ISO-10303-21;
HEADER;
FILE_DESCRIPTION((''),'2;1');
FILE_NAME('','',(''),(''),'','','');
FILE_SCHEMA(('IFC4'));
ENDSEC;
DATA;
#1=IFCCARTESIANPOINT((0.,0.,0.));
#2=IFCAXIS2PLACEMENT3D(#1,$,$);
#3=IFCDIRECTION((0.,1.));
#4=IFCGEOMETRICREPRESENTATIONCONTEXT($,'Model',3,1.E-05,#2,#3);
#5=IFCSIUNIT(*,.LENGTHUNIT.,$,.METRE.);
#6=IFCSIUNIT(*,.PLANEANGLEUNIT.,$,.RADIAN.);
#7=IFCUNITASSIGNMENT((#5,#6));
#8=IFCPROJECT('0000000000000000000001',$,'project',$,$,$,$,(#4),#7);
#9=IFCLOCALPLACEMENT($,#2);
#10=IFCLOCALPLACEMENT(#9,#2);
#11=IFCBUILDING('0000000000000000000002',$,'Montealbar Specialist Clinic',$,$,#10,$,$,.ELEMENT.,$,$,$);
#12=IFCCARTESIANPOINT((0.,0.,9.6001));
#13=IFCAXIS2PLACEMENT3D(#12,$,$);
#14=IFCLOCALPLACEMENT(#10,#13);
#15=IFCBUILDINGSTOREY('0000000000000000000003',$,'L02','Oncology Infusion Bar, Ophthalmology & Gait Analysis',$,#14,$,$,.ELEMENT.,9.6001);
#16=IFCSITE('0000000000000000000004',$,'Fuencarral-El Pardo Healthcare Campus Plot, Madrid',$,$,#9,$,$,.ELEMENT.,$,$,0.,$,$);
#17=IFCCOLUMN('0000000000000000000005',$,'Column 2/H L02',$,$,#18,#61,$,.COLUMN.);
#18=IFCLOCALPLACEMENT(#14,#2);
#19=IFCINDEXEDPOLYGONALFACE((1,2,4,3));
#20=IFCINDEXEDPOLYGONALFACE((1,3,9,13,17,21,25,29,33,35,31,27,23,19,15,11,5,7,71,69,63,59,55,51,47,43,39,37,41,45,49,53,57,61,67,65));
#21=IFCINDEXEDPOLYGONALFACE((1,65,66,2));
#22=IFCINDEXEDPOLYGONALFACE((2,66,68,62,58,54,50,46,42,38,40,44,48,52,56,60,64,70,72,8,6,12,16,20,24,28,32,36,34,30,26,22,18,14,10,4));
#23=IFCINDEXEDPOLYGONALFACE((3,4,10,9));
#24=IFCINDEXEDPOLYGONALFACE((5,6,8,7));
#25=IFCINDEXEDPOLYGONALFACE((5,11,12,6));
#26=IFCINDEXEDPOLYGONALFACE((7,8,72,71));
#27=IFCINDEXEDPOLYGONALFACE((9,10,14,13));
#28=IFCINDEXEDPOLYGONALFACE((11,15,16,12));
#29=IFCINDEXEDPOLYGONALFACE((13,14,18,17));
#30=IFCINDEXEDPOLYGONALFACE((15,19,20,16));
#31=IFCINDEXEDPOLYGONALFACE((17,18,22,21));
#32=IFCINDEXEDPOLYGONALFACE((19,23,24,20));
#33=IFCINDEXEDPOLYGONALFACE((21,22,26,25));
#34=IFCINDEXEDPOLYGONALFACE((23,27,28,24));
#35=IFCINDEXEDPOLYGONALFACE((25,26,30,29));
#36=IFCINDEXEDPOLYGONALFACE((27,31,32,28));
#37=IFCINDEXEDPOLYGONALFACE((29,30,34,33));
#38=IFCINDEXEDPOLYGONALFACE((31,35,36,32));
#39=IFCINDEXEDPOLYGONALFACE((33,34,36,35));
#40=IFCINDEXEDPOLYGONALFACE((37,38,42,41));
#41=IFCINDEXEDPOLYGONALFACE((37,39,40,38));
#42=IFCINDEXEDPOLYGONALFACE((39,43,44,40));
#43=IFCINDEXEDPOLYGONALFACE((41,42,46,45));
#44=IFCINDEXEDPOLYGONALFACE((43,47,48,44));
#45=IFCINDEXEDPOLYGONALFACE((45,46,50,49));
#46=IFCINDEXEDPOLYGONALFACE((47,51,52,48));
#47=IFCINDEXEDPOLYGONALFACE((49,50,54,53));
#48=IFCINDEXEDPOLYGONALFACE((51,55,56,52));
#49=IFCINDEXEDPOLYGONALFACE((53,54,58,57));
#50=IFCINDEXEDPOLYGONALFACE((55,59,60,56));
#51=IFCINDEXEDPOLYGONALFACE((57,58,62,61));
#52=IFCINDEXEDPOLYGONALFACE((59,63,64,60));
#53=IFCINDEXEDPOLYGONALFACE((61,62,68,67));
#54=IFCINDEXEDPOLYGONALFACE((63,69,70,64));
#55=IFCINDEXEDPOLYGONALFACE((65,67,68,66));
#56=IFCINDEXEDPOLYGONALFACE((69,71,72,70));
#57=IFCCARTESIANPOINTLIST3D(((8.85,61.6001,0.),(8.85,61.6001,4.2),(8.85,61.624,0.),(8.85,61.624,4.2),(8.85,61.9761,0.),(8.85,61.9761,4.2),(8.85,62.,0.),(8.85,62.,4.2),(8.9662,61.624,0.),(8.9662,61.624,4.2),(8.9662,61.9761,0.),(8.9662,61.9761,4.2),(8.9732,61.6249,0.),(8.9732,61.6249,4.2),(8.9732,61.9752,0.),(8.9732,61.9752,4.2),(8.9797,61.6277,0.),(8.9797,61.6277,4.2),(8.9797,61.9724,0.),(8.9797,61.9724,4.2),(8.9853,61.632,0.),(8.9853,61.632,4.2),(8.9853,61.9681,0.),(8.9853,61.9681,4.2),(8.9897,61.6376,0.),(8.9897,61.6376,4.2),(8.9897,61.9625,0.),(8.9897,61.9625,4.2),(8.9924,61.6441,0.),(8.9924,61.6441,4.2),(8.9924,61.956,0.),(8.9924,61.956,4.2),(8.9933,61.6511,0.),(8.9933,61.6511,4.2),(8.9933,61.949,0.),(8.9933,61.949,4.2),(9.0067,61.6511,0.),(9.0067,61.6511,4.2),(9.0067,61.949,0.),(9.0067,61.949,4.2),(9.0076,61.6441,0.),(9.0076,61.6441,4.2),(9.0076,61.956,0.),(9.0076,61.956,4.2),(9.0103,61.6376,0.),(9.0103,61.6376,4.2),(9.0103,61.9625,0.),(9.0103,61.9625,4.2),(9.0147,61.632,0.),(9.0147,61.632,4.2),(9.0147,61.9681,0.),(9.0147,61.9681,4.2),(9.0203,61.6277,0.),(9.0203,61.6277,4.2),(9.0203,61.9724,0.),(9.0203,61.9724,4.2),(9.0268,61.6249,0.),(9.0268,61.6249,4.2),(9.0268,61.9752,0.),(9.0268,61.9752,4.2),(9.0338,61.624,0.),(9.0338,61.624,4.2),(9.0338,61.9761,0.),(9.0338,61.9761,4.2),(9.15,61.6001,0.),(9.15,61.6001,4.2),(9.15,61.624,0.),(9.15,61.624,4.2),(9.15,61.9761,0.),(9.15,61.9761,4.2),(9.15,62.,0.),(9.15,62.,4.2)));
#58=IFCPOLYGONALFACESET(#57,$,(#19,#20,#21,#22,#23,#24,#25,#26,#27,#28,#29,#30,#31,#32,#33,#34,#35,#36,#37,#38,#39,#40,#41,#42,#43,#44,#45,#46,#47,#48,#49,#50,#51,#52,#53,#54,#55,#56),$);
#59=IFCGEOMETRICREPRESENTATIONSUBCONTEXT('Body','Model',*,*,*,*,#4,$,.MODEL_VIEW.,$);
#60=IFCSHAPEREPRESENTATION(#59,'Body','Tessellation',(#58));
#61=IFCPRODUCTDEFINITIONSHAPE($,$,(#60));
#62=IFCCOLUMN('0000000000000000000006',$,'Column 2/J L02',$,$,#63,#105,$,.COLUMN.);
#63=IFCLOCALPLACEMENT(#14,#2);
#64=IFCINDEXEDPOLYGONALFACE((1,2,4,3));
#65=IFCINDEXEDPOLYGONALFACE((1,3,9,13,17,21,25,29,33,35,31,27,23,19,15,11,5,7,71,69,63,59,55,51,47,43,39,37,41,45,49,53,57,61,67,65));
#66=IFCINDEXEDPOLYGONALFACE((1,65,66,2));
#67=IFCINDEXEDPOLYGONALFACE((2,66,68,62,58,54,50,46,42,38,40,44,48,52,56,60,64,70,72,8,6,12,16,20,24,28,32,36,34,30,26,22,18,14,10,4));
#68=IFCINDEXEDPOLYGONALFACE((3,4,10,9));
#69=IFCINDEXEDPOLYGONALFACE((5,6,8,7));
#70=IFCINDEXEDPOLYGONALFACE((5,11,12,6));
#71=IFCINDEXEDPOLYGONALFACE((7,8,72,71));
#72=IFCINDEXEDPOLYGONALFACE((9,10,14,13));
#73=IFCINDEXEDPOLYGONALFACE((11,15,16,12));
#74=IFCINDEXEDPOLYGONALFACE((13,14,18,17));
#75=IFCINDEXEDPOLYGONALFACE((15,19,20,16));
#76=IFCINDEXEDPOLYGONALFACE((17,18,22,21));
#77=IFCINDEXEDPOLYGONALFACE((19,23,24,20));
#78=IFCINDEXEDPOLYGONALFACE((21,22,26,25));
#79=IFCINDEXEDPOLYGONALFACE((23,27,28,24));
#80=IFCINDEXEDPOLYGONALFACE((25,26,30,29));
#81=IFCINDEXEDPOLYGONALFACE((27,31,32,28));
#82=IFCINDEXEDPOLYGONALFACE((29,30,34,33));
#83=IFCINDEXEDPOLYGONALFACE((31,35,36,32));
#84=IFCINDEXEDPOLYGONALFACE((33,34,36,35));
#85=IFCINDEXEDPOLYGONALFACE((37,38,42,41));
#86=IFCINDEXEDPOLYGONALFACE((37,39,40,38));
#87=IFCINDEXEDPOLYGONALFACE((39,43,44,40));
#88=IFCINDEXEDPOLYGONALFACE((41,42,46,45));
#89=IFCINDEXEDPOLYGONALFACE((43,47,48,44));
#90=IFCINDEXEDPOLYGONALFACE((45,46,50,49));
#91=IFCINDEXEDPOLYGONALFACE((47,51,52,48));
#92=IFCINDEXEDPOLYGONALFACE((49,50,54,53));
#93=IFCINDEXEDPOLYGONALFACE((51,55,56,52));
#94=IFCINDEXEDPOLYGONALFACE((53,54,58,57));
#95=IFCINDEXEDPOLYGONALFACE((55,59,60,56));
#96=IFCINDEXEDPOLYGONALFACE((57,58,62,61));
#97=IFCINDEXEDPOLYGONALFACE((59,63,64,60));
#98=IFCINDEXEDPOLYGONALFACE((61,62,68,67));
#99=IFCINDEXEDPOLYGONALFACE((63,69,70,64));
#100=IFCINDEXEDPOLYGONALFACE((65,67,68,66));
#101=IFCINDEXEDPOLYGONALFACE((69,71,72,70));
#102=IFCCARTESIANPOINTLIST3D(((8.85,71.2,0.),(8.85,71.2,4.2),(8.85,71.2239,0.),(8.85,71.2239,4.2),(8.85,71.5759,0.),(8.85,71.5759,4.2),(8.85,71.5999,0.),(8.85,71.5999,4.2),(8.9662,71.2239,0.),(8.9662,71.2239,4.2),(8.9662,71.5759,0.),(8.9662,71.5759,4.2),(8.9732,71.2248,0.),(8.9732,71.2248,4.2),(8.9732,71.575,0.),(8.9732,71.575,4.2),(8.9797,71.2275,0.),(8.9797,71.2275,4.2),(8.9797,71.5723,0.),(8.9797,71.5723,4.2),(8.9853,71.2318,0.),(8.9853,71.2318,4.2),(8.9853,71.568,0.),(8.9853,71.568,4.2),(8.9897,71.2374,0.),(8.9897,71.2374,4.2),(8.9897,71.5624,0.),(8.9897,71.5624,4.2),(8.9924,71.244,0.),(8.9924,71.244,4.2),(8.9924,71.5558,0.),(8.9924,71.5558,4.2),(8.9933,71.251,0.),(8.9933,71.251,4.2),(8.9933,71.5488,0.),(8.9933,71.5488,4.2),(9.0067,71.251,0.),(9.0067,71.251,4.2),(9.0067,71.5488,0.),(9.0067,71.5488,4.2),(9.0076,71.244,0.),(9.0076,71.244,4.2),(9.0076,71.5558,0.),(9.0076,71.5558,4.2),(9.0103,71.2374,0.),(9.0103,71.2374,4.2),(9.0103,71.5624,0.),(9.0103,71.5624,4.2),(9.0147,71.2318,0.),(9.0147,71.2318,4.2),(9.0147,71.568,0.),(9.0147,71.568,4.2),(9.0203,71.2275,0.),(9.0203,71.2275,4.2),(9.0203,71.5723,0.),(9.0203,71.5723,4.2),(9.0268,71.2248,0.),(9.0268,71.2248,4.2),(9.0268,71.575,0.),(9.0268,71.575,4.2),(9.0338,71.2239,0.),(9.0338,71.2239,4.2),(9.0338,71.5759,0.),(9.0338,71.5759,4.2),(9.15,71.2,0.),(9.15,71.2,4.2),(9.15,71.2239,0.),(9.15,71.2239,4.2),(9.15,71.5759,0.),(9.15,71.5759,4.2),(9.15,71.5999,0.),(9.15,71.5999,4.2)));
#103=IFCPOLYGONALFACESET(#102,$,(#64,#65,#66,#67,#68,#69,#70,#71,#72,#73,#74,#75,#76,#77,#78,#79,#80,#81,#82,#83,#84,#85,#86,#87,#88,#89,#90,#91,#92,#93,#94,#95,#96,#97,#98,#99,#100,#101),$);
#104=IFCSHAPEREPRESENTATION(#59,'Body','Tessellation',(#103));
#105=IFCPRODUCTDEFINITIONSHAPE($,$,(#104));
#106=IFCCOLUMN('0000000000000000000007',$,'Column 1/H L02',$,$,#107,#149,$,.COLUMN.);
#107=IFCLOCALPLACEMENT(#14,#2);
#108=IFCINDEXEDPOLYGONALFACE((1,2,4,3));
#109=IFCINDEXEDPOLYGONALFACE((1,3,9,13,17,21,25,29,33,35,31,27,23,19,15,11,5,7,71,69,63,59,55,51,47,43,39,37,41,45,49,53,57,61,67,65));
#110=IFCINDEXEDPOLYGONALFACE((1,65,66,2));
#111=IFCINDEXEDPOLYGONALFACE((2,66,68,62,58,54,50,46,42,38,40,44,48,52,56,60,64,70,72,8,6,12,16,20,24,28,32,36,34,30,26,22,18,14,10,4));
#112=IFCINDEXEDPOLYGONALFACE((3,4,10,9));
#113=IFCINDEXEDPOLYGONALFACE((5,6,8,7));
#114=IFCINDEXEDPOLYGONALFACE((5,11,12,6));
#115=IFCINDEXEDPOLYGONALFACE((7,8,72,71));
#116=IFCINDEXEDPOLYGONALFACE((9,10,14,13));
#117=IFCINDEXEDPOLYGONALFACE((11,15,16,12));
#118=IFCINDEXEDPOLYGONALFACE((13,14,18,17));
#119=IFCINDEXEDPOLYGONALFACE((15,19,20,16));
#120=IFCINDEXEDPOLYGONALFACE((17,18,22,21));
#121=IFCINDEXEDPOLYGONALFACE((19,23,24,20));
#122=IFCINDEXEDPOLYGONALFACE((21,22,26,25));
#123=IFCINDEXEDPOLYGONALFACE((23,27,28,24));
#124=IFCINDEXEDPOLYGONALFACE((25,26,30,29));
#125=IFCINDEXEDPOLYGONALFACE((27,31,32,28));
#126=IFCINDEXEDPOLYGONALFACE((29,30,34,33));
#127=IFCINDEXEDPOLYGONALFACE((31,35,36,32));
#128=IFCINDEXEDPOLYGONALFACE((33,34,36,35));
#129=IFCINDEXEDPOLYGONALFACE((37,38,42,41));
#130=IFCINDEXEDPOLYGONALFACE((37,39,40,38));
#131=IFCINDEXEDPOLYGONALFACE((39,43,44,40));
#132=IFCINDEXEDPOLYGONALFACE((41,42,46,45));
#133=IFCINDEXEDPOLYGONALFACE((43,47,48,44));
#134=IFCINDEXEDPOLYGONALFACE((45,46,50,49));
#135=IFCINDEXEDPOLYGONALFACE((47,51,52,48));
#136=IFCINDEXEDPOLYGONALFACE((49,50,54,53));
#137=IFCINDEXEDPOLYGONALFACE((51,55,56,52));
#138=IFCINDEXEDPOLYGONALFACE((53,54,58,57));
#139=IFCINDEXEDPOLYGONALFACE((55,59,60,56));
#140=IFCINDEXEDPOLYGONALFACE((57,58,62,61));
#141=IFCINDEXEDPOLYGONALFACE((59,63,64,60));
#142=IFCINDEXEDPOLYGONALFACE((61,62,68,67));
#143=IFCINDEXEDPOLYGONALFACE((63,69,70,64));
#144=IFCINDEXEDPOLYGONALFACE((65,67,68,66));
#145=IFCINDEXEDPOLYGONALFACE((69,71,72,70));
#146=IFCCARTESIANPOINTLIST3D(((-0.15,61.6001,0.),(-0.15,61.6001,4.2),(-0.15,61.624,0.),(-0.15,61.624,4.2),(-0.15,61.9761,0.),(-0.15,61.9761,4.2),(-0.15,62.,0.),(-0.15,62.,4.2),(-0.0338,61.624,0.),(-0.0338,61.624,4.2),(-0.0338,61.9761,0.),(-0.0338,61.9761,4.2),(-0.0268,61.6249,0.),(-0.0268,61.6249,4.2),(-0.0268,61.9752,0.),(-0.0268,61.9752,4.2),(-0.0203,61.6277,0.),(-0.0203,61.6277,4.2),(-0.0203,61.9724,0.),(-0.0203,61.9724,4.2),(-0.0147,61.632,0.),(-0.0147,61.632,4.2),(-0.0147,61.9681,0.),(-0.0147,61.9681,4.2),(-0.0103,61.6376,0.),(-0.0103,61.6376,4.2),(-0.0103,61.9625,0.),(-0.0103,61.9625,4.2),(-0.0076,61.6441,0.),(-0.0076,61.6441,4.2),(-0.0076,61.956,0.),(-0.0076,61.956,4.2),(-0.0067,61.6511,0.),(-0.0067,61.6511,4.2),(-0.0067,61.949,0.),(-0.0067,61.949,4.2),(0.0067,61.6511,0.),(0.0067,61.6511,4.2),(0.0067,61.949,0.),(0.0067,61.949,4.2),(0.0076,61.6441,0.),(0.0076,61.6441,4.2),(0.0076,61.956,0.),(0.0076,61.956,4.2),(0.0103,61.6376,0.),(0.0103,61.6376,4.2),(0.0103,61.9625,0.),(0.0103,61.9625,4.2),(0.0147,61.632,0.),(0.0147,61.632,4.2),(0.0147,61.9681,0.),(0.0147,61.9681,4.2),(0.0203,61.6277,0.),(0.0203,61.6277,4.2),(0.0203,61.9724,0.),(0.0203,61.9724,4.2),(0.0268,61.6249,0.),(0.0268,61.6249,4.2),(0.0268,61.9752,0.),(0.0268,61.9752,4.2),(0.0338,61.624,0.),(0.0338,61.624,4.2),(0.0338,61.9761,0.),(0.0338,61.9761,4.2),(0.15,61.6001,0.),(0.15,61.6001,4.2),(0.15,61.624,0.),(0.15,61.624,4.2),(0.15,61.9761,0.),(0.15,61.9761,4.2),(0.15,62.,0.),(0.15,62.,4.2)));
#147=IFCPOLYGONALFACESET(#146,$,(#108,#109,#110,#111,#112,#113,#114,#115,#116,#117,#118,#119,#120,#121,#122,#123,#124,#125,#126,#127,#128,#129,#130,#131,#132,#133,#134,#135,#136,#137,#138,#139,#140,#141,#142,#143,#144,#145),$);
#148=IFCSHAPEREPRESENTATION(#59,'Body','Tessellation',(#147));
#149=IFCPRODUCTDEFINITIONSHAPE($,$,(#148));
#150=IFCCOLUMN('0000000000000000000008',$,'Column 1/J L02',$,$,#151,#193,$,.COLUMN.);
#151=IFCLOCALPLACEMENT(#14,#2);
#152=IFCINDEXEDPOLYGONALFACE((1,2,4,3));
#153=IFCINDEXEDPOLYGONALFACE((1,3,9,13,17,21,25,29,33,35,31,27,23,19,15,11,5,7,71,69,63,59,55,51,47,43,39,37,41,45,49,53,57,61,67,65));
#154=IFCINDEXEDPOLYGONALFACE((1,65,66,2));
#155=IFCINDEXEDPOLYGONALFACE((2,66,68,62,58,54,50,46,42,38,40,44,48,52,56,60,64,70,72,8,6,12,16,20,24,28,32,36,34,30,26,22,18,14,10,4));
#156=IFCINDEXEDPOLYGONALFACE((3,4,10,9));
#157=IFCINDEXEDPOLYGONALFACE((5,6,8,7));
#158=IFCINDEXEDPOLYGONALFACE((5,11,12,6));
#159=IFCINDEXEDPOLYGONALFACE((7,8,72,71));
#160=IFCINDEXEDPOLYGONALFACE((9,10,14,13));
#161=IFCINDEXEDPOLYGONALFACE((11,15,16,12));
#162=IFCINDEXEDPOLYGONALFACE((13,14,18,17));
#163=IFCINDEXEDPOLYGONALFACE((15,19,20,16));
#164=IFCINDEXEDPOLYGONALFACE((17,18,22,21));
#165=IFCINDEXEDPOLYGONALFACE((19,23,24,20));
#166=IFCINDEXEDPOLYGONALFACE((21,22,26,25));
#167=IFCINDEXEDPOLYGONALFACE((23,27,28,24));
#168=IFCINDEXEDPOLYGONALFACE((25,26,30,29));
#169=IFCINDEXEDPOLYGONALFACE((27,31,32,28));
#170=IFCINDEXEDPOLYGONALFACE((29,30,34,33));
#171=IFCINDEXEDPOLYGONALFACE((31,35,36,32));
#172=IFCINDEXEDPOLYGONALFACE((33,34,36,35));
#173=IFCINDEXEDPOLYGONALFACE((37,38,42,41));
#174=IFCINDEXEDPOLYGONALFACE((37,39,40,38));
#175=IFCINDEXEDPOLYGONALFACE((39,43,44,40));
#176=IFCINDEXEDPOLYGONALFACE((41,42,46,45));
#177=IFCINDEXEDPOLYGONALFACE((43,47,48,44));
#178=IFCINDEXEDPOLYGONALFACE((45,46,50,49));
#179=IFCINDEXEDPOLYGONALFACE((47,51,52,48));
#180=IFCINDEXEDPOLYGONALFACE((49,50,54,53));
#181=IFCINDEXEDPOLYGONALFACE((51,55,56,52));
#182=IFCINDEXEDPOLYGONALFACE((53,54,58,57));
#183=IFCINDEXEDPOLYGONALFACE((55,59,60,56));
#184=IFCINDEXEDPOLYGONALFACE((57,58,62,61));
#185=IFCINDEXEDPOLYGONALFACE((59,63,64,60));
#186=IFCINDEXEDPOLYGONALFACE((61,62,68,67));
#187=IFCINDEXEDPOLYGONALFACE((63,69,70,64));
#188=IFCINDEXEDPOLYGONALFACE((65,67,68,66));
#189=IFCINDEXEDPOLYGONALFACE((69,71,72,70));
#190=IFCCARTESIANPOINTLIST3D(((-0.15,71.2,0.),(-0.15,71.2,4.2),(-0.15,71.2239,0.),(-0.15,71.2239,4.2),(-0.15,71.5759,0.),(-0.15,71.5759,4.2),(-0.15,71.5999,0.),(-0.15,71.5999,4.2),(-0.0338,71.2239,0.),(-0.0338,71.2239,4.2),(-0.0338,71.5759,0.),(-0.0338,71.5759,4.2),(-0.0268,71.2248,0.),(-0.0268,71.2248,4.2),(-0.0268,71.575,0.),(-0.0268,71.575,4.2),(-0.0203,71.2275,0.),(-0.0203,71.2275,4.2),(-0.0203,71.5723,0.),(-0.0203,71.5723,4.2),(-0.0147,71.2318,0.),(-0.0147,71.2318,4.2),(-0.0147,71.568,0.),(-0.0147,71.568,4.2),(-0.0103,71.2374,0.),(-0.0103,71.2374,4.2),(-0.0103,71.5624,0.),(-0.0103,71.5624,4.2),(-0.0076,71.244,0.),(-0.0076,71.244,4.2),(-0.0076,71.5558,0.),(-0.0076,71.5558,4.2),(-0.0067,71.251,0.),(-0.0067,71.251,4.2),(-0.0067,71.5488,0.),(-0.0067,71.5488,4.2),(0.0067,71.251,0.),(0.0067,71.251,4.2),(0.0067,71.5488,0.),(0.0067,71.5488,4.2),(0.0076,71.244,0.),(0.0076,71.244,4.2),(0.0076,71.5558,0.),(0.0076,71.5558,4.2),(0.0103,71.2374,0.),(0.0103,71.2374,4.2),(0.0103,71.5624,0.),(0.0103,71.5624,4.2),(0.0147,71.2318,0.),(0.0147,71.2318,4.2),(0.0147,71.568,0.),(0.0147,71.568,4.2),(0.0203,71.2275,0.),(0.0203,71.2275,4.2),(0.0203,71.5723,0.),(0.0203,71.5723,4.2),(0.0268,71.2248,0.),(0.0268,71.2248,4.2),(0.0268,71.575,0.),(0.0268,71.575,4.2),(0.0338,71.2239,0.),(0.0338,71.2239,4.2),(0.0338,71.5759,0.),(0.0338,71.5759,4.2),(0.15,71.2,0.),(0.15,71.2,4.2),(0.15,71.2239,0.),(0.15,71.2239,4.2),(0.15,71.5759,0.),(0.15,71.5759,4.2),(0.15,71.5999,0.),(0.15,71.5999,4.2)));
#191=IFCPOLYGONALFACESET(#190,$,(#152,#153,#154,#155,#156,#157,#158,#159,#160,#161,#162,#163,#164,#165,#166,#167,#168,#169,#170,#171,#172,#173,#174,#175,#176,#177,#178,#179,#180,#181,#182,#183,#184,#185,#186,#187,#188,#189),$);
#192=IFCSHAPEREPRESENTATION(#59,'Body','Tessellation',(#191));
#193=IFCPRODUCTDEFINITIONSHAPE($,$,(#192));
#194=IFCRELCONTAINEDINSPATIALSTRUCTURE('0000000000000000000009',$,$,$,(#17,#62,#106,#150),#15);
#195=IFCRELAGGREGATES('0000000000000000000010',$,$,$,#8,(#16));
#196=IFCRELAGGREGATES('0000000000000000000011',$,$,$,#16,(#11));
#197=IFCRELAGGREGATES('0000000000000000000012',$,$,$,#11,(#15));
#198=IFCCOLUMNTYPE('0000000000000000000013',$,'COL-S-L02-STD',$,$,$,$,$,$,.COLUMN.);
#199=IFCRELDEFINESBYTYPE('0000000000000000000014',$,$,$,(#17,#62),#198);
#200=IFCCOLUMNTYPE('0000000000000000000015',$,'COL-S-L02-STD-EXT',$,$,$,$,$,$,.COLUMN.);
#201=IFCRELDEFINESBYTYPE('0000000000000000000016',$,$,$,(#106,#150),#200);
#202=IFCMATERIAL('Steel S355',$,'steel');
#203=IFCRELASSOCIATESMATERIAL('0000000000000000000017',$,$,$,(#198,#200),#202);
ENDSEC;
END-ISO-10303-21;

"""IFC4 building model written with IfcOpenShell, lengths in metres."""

from ifc_helpers import new_model, si_unit, direction, frame, origin, origin_2d, place, context, subcontext, project, spatial, i_section, extrude, material, material_profile, profile_set, type_object, element, save


model = new_model("IFC4")

# Units and contexts
model_context = context("Model", 3, precision=1e-05, world=origin(), true_north=direction((0.0, 1.0)))
body_context = subcontext(model_context, "Body", "Model", "MODEL_VIEW")
ifc_project = project(units=[si_unit("LENGTHUNIT", "METRE"), si_unit("PLANEANGLEUNIT", "RADIAN")], contexts=[model_context])

# Site, building, storey
site_placement = place(None, origin())
site = spatial("IfcSite", under=ifc_project, at=site_placement, Name="Fuencarral-El Pardo Healthcare Campus Plot, Madrid", CompositionType="ELEMENT", RefElevation=0.0)
building_placement = place(site_placement, origin())
building = spatial("IfcBuilding", under=site, at=building_placement, Name="Montealbar Specialist Clinic", CompositionType="ELEMENT")
storey_placement = place(building_placement, frame((0.0, 0.0, 9.6001)))
storey = spatial("IfcBuildingStorey", under=building, at=storey_placement, Name="L02", Description="Oncology Infusion Bar, Ophthalmology & Gait Analysis", CompositionType="ELEMENT", Elevation=9.6001)

# Columns
ifc_material_1 = material(Name="Steel S355", Category="steel")
ifc_material_profile_1 = material_profile(ifc_material_1, i_section(OverallWidth=0.3, OverallDepth=0.3999, WebThickness=0.0134, FlangeThickness=0.0239, FilletRadius=0.0271, at=origin_2d()), Name="HEB 400", Category="steel")
ifc_profile_set_1 = profile_set([ifc_material_profile_1], Name="Steel S355")
column_type_1 = type_object("IfcColumnType", Name="COL-S-L02-STD", PredefinedType="COLUMN", material=ifc_profile_set_1)
for number, where, z_axis, x_axis, name in (
    (1, (9.0, 61.8, 0.0), (0.0, 0.0, 1.0), (1.0, 0.0, 0.0), "Column 2/H L02"),
    (2, (9.0, 71.3999, 0.0), (0.0, 0.0, 1.0), (1.0, 0.0, 0.0), "Column 2/J L02"),
):
    element("IfcColumn", number, at=place(storey_placement, frame(where, z_axis=z_axis, x_axis=x_axis)), inside=storey, type_object=column_type_1, Name=name, PredefinedType="COLUMN", context=body_context, shape_type="SweptSolid", body=[
        extrude(i_section(OverallWidth=0.3, OverallDepth=0.3999, WebThickness=0.0134, FlangeThickness=0.0239, FilletRadius=0.0271, at=origin_2d()), origin(), (0.0, 0.0, 1.0), 4.2),
    ])
ifc_material_profile_2 = material_profile(ifc_material_1, i_section(OverallWidth=0.3, OverallDepth=0.3999, WebThickness=0.0134, FlangeThickness=0.0239, FilletRadius=0.0271, at=origin_2d()), Name="HEB 400", Category="steel")
ifc_profile_set_2 = profile_set([ifc_material_profile_2], Name="Steel S355")
column_type_2 = type_object("IfcColumnType", Name="COL-S-L02-STD-EXT", PredefinedType="COLUMN", material=ifc_profile_set_2)
for number, where, z_axis, x_axis, name in (
    (3, (0.0, 61.8, 0.0), (0.0, 0.0, 1.0), (1.0, 0.0, 0.0), "Column 1/H L02"),
    (4, (0.0, 71.3999, 0.0), (0.0, 0.0, 1.0), (1.0, 0.0, 0.0), "Column 1/J L02"),
):
    element("IfcColumn", number, at=place(storey_placement, frame(where, z_axis=z_axis, x_axis=x_axis)), inside=storey, type_object=column_type_2, Name=name, PredefinedType="COLUMN", context=body_context, shape_type="SweptSolid", body=[
        extrude(i_section(OverallWidth=0.3, OverallDepth=0.3999, WebThickness=0.0134, FlangeThickness=0.0239, FilletRadius=0.0271, at=origin_2d()), origin(), (0.0, 0.0, 1.0), 4.2),
    ])

save(model, "model.ifc")
